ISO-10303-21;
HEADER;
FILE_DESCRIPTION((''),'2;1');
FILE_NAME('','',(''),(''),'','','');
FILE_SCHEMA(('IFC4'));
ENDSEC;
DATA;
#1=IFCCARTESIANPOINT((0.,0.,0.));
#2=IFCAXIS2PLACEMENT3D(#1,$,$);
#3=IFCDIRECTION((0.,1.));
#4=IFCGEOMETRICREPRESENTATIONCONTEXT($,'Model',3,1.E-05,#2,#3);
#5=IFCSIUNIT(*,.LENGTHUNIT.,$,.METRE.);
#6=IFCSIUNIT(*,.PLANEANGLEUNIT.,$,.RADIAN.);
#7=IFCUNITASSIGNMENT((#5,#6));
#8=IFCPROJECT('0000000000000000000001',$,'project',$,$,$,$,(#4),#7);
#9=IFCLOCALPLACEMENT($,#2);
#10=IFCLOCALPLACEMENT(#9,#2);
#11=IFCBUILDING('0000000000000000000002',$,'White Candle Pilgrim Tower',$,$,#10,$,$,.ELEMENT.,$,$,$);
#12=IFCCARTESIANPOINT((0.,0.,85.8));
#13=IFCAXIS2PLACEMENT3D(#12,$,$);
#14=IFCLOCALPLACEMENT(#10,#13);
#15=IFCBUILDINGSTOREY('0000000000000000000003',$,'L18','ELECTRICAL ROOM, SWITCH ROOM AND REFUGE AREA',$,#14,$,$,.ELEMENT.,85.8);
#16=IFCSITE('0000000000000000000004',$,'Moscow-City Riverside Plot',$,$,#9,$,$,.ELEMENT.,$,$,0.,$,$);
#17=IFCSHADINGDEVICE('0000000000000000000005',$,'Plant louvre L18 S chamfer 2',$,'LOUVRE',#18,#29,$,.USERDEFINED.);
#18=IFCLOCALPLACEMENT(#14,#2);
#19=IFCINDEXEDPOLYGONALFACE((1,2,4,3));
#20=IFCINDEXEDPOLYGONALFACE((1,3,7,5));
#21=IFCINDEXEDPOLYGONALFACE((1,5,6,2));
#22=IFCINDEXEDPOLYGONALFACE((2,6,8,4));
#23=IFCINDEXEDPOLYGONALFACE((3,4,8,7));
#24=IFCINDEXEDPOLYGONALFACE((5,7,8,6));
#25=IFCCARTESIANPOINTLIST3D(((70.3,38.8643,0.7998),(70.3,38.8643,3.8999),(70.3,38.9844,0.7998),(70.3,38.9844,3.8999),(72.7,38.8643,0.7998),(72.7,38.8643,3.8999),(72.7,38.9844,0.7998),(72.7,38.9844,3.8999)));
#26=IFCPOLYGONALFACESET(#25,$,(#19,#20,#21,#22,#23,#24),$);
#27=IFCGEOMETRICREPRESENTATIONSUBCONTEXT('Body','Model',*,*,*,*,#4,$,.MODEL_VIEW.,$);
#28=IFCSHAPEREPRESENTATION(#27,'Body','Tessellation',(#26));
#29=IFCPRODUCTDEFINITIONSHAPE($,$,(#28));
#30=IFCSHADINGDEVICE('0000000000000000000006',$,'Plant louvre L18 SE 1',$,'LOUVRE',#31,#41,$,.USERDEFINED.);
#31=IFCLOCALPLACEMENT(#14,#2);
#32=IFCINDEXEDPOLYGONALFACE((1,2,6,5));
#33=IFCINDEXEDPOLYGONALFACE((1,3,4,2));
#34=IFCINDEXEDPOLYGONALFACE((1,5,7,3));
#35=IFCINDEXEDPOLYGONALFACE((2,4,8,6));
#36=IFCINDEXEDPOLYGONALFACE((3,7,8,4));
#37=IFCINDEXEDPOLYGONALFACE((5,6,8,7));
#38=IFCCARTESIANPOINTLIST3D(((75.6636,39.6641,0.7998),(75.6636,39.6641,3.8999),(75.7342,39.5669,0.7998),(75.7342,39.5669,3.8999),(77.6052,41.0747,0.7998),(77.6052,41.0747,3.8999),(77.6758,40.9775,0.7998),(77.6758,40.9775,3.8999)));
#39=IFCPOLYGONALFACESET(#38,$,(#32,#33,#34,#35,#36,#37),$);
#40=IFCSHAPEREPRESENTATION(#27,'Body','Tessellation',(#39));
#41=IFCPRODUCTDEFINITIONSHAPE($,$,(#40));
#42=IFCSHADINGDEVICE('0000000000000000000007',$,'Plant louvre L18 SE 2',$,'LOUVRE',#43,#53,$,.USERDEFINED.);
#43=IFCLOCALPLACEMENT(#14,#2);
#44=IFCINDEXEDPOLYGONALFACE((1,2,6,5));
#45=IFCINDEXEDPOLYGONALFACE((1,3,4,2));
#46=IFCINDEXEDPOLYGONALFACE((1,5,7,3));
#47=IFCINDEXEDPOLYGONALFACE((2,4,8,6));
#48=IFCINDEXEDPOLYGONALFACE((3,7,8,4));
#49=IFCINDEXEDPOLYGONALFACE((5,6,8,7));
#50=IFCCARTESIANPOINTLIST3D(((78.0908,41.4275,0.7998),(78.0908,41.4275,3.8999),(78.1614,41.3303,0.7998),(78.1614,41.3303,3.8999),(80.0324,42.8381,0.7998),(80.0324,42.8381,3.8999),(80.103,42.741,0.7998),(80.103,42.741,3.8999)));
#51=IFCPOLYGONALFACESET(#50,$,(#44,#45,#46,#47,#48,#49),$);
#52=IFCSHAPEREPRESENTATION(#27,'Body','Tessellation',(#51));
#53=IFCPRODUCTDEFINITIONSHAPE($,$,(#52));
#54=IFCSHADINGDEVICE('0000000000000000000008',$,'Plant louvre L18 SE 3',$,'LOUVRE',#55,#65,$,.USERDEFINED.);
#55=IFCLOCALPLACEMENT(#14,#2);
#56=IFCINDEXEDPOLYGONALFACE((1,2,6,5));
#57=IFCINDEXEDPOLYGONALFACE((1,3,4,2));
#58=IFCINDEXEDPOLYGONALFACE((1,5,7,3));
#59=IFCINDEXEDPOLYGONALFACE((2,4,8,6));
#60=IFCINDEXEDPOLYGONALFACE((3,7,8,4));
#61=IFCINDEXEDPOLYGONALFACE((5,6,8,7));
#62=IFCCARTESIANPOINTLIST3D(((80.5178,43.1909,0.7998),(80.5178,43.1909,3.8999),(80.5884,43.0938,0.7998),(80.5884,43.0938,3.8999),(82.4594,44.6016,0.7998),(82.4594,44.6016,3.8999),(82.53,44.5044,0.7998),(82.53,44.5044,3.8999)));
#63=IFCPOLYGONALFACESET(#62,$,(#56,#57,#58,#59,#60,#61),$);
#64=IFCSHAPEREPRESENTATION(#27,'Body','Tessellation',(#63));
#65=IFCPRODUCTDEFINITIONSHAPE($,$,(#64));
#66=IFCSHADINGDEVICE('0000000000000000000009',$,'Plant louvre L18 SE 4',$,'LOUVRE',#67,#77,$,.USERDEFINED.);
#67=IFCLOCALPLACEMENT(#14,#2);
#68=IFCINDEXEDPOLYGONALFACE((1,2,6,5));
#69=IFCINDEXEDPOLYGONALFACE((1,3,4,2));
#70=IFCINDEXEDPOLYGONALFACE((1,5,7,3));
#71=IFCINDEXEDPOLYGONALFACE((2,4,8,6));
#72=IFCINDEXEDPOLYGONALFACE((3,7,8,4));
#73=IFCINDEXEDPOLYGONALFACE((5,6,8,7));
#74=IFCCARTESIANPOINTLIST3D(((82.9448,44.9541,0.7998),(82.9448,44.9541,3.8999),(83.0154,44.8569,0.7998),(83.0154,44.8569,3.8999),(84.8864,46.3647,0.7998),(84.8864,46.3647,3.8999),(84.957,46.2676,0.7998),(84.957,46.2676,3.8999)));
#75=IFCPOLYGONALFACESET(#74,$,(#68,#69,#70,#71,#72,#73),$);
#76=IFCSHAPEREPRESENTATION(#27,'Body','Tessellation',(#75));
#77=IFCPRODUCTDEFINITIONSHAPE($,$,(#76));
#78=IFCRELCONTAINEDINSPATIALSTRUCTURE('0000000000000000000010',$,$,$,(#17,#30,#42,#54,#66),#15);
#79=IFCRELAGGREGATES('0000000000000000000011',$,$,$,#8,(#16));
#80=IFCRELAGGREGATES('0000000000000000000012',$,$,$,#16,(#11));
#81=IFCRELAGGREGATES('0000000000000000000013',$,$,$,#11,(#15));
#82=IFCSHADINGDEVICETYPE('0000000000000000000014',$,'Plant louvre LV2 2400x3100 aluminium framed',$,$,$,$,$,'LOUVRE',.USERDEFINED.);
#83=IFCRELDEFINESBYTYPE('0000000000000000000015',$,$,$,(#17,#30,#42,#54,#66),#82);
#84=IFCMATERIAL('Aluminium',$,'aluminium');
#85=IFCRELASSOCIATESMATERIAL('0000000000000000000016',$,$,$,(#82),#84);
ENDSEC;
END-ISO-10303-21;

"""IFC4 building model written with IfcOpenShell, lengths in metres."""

from ifc_helpers import new_model, si_unit, direction, frame, origin, origin_2d, place, context, subcontext, project, spatial, rectangle, extrude, material, type_object, element, save


model = new_model("IFC4")

# Units and contexts
model_context = context("Model", 3, precision=1e-05, world=origin(), true_north=direction((0.0, 1.0)))
body_context = subcontext(model_context, "Body", "Model", "MODEL_VIEW")
ifc_project = project(units=[si_unit("LENGTHUNIT", "METRE"), si_unit("PLANEANGLEUNIT", "RADIAN")], contexts=[model_context])

# Site, building, storey
site_placement = place(None, origin())
site = spatial("IfcSite", under=ifc_project, at=site_placement, Name="Moscow-City Riverside Plot", CompositionType="ELEMENT", RefElevation=0.0)
building_placement = place(site_placement, origin())
building = spatial("IfcBuilding", under=site, at=building_placement, Name="White Candle Pilgrim Tower", CompositionType="ELEMENT")
storey_placement = place(building_placement, frame((0.0, 0.0, 85.8)))
storey = spatial("IfcBuildingStorey", under=building, at=storey_placement, Name="L18", Description="ELECTRICAL ROOM, SWITCH ROOM AND REFUGE AREA", CompositionType="ELEMENT", Elevation=85.8)

# Shading devices
ifc_material_1 = material(Name="Aluminium", Category="aluminium")
shading_device_type = type_object("IfcShadingDeviceType", Name="Plant louvre LV2 2400x3100 aluminium framed", ElementType="LOUVRE", PredefinedType="USERDEFINED", material=ifc_material_1)
for number, where, z_axis, x_axis, name in (
    (1, (71.5, 38.9243, 0.7998), (0.0, 0.0, 1.0), (1.0, 0.0, 0.0), "Plant louvre L18 S chamfer 2"),
    (2, (76.6697, 40.3208, 0.7998), (0.0, 0.0, 1.0), (0.809017, 0.587785, 0.0), "Plant louvre L18 SE 1"),
    (3, (79.0969, 42.0842, 0.7998), (0.0, 0.0, 1.0), (0.809017, 0.587785, 0.0), "Plant louvre L18 SE 2"),
    (4, (81.5239, 43.8477, 0.7998), (0.0, 0.0, 1.0), (0.809017, 0.587785, 0.0), "Plant louvre L18 SE 3"),
    (5, (83.9509, 45.6108, 0.7998), (0.0, 0.0, 1.0), (0.809017, 0.587785, 0.0), "Plant louvre L18 SE 4"),
):
    element("IfcShadingDevice", number, at=place(storey_placement, frame(where, z_axis=z_axis, x_axis=x_axis)), inside=storey, type_object=shading_device_type, Name=name, ObjectType="LOUVRE", PredefinedType="USERDEFINED", context=body_context, shape_type="SweptSolid", body=[
        extrude(rectangle(XDim=2.3999, YDim=0.1201, at=origin_2d()), origin(), (0.0, 0.0, 1.0), 3.1001),
    ])

save(model, "model.ifc")
